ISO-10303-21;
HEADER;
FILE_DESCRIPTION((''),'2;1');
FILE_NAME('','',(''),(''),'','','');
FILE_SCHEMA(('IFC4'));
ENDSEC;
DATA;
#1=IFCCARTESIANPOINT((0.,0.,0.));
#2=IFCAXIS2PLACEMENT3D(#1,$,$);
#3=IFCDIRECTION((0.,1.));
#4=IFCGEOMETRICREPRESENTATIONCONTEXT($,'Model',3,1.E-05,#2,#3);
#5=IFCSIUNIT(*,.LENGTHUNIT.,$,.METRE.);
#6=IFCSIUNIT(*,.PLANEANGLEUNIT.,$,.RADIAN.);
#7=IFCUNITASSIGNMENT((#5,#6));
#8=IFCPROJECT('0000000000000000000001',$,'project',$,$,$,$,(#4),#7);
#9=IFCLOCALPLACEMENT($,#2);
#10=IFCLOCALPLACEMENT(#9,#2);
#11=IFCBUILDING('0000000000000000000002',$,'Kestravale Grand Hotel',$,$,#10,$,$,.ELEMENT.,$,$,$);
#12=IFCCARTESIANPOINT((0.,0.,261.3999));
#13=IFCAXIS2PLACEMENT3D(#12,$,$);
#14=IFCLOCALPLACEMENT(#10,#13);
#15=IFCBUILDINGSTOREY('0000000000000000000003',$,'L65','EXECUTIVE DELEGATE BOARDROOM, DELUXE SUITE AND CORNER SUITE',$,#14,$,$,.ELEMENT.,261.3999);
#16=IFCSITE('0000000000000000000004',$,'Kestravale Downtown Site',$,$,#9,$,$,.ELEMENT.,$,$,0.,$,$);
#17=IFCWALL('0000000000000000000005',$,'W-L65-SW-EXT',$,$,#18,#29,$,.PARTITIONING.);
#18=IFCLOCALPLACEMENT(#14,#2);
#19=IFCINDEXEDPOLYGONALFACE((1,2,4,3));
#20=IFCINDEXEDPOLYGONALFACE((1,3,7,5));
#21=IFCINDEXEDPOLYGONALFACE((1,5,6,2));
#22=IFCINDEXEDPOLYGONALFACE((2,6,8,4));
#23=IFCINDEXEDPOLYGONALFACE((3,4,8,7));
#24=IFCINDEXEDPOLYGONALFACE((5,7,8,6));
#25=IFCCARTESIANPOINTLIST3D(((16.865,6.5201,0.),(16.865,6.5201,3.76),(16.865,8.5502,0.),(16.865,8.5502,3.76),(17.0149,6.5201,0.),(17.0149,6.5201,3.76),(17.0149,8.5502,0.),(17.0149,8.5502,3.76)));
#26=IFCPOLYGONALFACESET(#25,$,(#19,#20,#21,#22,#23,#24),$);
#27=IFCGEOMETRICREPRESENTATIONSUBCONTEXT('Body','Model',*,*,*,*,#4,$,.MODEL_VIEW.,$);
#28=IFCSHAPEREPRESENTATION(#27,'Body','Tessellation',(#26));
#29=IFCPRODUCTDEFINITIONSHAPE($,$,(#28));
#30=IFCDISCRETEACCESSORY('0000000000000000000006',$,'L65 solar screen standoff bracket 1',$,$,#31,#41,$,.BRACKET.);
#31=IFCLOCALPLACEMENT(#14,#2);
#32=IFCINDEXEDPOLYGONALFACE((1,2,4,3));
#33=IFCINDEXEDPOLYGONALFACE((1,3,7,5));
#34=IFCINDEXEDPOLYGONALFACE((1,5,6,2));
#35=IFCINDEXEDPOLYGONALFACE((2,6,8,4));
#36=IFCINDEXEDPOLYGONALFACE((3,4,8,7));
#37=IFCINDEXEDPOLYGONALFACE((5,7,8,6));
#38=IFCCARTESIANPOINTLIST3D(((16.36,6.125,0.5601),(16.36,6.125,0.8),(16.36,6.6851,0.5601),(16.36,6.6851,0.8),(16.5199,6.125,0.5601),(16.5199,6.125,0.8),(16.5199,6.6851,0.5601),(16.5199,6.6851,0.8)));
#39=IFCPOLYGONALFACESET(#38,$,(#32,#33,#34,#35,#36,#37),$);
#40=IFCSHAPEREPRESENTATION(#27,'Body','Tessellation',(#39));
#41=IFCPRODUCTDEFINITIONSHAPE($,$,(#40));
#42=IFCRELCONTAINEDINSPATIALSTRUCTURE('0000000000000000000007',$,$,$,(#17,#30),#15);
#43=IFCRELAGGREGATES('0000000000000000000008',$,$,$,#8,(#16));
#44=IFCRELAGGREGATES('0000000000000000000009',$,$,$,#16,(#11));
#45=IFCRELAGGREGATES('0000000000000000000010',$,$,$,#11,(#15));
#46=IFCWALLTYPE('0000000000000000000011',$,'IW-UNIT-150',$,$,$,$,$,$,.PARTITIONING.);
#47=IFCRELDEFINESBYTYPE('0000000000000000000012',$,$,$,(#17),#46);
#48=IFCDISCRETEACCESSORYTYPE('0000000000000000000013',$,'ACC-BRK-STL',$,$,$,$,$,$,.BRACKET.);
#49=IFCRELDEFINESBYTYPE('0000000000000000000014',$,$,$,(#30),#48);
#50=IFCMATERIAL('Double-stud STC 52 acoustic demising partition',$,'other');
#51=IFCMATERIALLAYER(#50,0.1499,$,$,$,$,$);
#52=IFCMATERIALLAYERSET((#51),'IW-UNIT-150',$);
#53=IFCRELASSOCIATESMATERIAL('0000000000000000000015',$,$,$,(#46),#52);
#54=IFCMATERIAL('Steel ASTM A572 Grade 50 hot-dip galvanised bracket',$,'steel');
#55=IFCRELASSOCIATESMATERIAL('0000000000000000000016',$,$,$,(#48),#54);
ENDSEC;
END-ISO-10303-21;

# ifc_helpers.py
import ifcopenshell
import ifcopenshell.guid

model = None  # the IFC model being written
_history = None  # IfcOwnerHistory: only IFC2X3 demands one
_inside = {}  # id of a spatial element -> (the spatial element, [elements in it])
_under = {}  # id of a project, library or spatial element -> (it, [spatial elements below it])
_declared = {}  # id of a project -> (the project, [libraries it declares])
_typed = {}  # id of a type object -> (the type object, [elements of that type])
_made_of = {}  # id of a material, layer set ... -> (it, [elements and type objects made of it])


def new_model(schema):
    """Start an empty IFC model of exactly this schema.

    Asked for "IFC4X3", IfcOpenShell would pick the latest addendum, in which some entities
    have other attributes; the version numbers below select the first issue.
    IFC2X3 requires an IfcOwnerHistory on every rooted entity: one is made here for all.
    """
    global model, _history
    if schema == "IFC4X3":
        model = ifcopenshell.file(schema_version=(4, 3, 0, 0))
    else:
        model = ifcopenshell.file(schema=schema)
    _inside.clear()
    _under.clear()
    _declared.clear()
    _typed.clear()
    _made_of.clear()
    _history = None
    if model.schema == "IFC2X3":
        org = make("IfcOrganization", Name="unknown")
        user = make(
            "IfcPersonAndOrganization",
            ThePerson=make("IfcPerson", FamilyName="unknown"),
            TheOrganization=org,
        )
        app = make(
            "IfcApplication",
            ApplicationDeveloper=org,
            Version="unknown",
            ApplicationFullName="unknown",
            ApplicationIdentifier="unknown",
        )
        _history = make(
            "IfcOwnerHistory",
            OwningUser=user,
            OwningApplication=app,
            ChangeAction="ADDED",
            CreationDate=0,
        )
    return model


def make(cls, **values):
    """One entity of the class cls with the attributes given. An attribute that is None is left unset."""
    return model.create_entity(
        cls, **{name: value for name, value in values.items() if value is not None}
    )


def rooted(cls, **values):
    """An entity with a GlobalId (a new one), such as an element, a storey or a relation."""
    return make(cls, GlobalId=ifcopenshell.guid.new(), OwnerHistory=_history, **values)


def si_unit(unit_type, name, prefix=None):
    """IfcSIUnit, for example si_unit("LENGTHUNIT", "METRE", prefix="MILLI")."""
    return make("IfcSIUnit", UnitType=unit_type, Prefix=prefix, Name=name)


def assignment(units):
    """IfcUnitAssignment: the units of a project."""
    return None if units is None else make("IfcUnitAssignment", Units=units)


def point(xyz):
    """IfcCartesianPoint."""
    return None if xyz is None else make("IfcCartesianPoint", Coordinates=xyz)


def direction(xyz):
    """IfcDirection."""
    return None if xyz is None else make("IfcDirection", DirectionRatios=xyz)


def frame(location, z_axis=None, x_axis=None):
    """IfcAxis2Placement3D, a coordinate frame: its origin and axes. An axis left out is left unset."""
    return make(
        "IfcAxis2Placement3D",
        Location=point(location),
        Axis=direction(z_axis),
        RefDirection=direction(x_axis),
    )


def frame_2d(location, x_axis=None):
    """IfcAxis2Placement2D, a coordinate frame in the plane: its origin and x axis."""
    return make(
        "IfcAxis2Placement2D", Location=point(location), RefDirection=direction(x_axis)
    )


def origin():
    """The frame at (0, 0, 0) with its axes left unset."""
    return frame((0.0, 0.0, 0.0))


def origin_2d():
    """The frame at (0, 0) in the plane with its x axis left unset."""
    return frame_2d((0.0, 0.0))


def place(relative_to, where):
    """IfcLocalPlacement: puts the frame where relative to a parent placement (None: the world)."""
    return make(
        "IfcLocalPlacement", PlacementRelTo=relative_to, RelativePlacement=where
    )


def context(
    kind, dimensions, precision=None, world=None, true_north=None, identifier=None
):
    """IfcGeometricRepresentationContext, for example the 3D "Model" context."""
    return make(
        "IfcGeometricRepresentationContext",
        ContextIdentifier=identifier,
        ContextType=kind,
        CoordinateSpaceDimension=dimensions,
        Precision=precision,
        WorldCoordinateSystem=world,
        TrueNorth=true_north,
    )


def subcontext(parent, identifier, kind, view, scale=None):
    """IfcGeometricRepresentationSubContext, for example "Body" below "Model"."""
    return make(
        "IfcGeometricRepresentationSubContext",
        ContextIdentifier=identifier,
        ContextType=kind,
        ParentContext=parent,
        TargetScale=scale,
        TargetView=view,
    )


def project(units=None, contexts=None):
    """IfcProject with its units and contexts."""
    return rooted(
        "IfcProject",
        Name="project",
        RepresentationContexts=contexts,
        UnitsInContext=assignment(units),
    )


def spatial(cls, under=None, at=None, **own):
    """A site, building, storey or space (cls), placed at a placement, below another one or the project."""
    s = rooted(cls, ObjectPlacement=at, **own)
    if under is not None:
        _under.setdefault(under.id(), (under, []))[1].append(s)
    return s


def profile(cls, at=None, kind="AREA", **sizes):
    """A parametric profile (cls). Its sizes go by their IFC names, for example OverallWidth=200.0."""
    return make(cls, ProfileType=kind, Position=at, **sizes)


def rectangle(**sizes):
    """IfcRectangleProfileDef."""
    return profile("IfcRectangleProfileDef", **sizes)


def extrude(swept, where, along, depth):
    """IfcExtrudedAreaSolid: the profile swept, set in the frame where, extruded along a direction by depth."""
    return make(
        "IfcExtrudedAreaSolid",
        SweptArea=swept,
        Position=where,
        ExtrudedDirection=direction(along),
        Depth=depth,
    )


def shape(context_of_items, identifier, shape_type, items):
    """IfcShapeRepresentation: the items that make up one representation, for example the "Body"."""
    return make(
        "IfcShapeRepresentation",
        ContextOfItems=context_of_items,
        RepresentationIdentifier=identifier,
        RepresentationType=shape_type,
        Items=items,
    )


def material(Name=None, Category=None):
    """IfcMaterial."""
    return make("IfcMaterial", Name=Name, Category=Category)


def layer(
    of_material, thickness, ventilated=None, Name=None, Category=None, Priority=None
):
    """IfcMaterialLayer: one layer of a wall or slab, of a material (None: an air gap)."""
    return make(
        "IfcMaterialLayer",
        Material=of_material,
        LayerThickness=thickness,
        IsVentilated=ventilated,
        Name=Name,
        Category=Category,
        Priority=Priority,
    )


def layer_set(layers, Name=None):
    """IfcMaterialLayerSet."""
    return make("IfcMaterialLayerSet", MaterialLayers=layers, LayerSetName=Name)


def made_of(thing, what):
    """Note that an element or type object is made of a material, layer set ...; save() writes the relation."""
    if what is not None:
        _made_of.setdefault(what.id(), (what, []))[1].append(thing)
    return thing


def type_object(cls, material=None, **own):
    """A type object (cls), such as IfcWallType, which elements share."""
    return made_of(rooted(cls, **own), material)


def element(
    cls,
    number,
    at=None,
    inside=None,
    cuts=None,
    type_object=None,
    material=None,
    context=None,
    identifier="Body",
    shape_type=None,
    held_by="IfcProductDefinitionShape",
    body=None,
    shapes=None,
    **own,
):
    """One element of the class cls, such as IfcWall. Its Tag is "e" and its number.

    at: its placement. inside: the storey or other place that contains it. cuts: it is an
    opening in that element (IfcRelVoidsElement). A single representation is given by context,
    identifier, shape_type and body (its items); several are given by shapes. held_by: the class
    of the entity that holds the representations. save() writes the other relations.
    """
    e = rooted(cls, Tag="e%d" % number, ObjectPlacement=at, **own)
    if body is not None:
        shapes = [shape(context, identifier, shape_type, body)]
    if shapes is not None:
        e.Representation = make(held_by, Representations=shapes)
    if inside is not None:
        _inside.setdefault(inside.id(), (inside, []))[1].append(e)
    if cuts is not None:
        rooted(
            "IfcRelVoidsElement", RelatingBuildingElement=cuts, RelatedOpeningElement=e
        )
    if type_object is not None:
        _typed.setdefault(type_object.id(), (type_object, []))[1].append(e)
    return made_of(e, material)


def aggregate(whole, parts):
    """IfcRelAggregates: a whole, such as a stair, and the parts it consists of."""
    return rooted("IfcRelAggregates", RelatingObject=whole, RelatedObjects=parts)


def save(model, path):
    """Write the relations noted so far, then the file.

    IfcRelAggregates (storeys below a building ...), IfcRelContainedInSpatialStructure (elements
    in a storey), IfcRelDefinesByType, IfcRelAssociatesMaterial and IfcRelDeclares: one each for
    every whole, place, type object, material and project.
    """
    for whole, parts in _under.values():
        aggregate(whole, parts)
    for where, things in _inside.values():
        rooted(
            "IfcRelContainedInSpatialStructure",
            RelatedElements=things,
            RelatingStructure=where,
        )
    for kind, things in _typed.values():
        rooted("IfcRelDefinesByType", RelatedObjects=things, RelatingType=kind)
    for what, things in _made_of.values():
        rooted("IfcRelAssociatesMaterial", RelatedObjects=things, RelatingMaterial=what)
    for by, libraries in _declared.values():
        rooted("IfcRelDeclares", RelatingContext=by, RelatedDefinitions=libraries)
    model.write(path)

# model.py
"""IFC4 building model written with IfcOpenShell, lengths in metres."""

from ifc_helpers import new_model, si_unit, direction, frame, frame_2d, origin, origin_2d, place, context, subcontext, project, spatial, rectangle, extrude, material, layer, layer_set, type_object, element, save


model = new_model("IFC4")

# Units and contexts
model_context = context("Model", 3, precision=1e-05, world=origin(), true_north=direction((0.0, 1.0)))
body_context = subcontext(model_context, "Body", "Model", "MODEL_VIEW")
ifc_project = project(units=[si_unit("LENGTHUNIT", "METRE"), si_unit("PLANEANGLEUNIT", "RADIAN")], contexts=[model_context])

# Site, building, storey
site_placement = place(None, origin())
site = spatial("IfcSite", under=ifc_project, at=site_placement, Name="Kestravale Downtown Site", CompositionType="ELEMENT", RefElevation=0.0)
building_placement = place(site_placement, origin())
building = spatial("IfcBuilding", under=site, at=building_placement, Name="Kestravale Grand Hotel", CompositionType="ELEMENT")
storey_placement = place(building_placement, frame((0.0, 0.0, 261.3999)))
storey = spatial("IfcBuildingStorey", under=building, at=storey_placement, Name="L65", Description="EXECUTIVE DELEGATE BOARDROOM, DELUXE SUITE AND CORNER SUITE", CompositionType="ELEMENT", Elevation=261.3999)

# Wall
ifc_material_1 = material(Name="Double-stud STC 52 acoustic demising partition", Category="other")
ifc_layer_1 = layer(ifc_material_1, 0.1499)
ifc_layer_set_1 = layer_set([ifc_layer_1], Name="IW-UNIT-150")
wall_type_1 = type_object("IfcWallType", Name="IW-UNIT-150", PredefinedType="PARTITIONING", material=ifc_layer_set_1)
wall_1_placement = place(storey_placement, frame((16.9399, 6.52, 0.0), z_axis=(0.0, 0.0, 1.0), x_axis=(0.0, 1.0, 0.0)))
element("IfcWall", 1, at=wall_1_placement, inside=storey, type_object=wall_type_1, Name="W-L65-SW-EXT", PredefinedType="PARTITIONING", context=body_context, shape_type="SweptSolid", body=[
    extrude(rectangle(XDim=2.03, YDim=0.1499, at=frame_2d((1.0151, 0.0))), origin(), (0.0, 0.0, 1.0), 3.76),
])

# Discrete accessory
ifc_material_2 = material(Name="Steel ASTM A572 Grade 50 hot-dip galvanised bracket", Category="steel")
discrete_accessory_type = type_object("IfcDiscreteAccessoryType", Name="ACC-BRK-STL", PredefinedType="BRACKET", material=ifc_material_2)
discrete_accessory_placement = place(storey_placement, frame((16.4399, 6.405, 0.5601), z_axis=(0.0, 0.0, 1.0), x_axis=(1.0, 0.0, 0.0)))
element("IfcDiscreteAccessory", 2, at=discrete_accessory_placement, inside=storey, type_object=discrete_accessory_type, Name="L65 solar screen standoff bracket 1", PredefinedType="BRACKET", context=body_context, shape_type="SweptSolid", body=[
    extrude(rectangle(XDim=0.1599, YDim=0.5601, at=origin_2d()), origin(), (0.0, 0.0, 1.0), 0.24),
])

save(model, "model.ifc")
